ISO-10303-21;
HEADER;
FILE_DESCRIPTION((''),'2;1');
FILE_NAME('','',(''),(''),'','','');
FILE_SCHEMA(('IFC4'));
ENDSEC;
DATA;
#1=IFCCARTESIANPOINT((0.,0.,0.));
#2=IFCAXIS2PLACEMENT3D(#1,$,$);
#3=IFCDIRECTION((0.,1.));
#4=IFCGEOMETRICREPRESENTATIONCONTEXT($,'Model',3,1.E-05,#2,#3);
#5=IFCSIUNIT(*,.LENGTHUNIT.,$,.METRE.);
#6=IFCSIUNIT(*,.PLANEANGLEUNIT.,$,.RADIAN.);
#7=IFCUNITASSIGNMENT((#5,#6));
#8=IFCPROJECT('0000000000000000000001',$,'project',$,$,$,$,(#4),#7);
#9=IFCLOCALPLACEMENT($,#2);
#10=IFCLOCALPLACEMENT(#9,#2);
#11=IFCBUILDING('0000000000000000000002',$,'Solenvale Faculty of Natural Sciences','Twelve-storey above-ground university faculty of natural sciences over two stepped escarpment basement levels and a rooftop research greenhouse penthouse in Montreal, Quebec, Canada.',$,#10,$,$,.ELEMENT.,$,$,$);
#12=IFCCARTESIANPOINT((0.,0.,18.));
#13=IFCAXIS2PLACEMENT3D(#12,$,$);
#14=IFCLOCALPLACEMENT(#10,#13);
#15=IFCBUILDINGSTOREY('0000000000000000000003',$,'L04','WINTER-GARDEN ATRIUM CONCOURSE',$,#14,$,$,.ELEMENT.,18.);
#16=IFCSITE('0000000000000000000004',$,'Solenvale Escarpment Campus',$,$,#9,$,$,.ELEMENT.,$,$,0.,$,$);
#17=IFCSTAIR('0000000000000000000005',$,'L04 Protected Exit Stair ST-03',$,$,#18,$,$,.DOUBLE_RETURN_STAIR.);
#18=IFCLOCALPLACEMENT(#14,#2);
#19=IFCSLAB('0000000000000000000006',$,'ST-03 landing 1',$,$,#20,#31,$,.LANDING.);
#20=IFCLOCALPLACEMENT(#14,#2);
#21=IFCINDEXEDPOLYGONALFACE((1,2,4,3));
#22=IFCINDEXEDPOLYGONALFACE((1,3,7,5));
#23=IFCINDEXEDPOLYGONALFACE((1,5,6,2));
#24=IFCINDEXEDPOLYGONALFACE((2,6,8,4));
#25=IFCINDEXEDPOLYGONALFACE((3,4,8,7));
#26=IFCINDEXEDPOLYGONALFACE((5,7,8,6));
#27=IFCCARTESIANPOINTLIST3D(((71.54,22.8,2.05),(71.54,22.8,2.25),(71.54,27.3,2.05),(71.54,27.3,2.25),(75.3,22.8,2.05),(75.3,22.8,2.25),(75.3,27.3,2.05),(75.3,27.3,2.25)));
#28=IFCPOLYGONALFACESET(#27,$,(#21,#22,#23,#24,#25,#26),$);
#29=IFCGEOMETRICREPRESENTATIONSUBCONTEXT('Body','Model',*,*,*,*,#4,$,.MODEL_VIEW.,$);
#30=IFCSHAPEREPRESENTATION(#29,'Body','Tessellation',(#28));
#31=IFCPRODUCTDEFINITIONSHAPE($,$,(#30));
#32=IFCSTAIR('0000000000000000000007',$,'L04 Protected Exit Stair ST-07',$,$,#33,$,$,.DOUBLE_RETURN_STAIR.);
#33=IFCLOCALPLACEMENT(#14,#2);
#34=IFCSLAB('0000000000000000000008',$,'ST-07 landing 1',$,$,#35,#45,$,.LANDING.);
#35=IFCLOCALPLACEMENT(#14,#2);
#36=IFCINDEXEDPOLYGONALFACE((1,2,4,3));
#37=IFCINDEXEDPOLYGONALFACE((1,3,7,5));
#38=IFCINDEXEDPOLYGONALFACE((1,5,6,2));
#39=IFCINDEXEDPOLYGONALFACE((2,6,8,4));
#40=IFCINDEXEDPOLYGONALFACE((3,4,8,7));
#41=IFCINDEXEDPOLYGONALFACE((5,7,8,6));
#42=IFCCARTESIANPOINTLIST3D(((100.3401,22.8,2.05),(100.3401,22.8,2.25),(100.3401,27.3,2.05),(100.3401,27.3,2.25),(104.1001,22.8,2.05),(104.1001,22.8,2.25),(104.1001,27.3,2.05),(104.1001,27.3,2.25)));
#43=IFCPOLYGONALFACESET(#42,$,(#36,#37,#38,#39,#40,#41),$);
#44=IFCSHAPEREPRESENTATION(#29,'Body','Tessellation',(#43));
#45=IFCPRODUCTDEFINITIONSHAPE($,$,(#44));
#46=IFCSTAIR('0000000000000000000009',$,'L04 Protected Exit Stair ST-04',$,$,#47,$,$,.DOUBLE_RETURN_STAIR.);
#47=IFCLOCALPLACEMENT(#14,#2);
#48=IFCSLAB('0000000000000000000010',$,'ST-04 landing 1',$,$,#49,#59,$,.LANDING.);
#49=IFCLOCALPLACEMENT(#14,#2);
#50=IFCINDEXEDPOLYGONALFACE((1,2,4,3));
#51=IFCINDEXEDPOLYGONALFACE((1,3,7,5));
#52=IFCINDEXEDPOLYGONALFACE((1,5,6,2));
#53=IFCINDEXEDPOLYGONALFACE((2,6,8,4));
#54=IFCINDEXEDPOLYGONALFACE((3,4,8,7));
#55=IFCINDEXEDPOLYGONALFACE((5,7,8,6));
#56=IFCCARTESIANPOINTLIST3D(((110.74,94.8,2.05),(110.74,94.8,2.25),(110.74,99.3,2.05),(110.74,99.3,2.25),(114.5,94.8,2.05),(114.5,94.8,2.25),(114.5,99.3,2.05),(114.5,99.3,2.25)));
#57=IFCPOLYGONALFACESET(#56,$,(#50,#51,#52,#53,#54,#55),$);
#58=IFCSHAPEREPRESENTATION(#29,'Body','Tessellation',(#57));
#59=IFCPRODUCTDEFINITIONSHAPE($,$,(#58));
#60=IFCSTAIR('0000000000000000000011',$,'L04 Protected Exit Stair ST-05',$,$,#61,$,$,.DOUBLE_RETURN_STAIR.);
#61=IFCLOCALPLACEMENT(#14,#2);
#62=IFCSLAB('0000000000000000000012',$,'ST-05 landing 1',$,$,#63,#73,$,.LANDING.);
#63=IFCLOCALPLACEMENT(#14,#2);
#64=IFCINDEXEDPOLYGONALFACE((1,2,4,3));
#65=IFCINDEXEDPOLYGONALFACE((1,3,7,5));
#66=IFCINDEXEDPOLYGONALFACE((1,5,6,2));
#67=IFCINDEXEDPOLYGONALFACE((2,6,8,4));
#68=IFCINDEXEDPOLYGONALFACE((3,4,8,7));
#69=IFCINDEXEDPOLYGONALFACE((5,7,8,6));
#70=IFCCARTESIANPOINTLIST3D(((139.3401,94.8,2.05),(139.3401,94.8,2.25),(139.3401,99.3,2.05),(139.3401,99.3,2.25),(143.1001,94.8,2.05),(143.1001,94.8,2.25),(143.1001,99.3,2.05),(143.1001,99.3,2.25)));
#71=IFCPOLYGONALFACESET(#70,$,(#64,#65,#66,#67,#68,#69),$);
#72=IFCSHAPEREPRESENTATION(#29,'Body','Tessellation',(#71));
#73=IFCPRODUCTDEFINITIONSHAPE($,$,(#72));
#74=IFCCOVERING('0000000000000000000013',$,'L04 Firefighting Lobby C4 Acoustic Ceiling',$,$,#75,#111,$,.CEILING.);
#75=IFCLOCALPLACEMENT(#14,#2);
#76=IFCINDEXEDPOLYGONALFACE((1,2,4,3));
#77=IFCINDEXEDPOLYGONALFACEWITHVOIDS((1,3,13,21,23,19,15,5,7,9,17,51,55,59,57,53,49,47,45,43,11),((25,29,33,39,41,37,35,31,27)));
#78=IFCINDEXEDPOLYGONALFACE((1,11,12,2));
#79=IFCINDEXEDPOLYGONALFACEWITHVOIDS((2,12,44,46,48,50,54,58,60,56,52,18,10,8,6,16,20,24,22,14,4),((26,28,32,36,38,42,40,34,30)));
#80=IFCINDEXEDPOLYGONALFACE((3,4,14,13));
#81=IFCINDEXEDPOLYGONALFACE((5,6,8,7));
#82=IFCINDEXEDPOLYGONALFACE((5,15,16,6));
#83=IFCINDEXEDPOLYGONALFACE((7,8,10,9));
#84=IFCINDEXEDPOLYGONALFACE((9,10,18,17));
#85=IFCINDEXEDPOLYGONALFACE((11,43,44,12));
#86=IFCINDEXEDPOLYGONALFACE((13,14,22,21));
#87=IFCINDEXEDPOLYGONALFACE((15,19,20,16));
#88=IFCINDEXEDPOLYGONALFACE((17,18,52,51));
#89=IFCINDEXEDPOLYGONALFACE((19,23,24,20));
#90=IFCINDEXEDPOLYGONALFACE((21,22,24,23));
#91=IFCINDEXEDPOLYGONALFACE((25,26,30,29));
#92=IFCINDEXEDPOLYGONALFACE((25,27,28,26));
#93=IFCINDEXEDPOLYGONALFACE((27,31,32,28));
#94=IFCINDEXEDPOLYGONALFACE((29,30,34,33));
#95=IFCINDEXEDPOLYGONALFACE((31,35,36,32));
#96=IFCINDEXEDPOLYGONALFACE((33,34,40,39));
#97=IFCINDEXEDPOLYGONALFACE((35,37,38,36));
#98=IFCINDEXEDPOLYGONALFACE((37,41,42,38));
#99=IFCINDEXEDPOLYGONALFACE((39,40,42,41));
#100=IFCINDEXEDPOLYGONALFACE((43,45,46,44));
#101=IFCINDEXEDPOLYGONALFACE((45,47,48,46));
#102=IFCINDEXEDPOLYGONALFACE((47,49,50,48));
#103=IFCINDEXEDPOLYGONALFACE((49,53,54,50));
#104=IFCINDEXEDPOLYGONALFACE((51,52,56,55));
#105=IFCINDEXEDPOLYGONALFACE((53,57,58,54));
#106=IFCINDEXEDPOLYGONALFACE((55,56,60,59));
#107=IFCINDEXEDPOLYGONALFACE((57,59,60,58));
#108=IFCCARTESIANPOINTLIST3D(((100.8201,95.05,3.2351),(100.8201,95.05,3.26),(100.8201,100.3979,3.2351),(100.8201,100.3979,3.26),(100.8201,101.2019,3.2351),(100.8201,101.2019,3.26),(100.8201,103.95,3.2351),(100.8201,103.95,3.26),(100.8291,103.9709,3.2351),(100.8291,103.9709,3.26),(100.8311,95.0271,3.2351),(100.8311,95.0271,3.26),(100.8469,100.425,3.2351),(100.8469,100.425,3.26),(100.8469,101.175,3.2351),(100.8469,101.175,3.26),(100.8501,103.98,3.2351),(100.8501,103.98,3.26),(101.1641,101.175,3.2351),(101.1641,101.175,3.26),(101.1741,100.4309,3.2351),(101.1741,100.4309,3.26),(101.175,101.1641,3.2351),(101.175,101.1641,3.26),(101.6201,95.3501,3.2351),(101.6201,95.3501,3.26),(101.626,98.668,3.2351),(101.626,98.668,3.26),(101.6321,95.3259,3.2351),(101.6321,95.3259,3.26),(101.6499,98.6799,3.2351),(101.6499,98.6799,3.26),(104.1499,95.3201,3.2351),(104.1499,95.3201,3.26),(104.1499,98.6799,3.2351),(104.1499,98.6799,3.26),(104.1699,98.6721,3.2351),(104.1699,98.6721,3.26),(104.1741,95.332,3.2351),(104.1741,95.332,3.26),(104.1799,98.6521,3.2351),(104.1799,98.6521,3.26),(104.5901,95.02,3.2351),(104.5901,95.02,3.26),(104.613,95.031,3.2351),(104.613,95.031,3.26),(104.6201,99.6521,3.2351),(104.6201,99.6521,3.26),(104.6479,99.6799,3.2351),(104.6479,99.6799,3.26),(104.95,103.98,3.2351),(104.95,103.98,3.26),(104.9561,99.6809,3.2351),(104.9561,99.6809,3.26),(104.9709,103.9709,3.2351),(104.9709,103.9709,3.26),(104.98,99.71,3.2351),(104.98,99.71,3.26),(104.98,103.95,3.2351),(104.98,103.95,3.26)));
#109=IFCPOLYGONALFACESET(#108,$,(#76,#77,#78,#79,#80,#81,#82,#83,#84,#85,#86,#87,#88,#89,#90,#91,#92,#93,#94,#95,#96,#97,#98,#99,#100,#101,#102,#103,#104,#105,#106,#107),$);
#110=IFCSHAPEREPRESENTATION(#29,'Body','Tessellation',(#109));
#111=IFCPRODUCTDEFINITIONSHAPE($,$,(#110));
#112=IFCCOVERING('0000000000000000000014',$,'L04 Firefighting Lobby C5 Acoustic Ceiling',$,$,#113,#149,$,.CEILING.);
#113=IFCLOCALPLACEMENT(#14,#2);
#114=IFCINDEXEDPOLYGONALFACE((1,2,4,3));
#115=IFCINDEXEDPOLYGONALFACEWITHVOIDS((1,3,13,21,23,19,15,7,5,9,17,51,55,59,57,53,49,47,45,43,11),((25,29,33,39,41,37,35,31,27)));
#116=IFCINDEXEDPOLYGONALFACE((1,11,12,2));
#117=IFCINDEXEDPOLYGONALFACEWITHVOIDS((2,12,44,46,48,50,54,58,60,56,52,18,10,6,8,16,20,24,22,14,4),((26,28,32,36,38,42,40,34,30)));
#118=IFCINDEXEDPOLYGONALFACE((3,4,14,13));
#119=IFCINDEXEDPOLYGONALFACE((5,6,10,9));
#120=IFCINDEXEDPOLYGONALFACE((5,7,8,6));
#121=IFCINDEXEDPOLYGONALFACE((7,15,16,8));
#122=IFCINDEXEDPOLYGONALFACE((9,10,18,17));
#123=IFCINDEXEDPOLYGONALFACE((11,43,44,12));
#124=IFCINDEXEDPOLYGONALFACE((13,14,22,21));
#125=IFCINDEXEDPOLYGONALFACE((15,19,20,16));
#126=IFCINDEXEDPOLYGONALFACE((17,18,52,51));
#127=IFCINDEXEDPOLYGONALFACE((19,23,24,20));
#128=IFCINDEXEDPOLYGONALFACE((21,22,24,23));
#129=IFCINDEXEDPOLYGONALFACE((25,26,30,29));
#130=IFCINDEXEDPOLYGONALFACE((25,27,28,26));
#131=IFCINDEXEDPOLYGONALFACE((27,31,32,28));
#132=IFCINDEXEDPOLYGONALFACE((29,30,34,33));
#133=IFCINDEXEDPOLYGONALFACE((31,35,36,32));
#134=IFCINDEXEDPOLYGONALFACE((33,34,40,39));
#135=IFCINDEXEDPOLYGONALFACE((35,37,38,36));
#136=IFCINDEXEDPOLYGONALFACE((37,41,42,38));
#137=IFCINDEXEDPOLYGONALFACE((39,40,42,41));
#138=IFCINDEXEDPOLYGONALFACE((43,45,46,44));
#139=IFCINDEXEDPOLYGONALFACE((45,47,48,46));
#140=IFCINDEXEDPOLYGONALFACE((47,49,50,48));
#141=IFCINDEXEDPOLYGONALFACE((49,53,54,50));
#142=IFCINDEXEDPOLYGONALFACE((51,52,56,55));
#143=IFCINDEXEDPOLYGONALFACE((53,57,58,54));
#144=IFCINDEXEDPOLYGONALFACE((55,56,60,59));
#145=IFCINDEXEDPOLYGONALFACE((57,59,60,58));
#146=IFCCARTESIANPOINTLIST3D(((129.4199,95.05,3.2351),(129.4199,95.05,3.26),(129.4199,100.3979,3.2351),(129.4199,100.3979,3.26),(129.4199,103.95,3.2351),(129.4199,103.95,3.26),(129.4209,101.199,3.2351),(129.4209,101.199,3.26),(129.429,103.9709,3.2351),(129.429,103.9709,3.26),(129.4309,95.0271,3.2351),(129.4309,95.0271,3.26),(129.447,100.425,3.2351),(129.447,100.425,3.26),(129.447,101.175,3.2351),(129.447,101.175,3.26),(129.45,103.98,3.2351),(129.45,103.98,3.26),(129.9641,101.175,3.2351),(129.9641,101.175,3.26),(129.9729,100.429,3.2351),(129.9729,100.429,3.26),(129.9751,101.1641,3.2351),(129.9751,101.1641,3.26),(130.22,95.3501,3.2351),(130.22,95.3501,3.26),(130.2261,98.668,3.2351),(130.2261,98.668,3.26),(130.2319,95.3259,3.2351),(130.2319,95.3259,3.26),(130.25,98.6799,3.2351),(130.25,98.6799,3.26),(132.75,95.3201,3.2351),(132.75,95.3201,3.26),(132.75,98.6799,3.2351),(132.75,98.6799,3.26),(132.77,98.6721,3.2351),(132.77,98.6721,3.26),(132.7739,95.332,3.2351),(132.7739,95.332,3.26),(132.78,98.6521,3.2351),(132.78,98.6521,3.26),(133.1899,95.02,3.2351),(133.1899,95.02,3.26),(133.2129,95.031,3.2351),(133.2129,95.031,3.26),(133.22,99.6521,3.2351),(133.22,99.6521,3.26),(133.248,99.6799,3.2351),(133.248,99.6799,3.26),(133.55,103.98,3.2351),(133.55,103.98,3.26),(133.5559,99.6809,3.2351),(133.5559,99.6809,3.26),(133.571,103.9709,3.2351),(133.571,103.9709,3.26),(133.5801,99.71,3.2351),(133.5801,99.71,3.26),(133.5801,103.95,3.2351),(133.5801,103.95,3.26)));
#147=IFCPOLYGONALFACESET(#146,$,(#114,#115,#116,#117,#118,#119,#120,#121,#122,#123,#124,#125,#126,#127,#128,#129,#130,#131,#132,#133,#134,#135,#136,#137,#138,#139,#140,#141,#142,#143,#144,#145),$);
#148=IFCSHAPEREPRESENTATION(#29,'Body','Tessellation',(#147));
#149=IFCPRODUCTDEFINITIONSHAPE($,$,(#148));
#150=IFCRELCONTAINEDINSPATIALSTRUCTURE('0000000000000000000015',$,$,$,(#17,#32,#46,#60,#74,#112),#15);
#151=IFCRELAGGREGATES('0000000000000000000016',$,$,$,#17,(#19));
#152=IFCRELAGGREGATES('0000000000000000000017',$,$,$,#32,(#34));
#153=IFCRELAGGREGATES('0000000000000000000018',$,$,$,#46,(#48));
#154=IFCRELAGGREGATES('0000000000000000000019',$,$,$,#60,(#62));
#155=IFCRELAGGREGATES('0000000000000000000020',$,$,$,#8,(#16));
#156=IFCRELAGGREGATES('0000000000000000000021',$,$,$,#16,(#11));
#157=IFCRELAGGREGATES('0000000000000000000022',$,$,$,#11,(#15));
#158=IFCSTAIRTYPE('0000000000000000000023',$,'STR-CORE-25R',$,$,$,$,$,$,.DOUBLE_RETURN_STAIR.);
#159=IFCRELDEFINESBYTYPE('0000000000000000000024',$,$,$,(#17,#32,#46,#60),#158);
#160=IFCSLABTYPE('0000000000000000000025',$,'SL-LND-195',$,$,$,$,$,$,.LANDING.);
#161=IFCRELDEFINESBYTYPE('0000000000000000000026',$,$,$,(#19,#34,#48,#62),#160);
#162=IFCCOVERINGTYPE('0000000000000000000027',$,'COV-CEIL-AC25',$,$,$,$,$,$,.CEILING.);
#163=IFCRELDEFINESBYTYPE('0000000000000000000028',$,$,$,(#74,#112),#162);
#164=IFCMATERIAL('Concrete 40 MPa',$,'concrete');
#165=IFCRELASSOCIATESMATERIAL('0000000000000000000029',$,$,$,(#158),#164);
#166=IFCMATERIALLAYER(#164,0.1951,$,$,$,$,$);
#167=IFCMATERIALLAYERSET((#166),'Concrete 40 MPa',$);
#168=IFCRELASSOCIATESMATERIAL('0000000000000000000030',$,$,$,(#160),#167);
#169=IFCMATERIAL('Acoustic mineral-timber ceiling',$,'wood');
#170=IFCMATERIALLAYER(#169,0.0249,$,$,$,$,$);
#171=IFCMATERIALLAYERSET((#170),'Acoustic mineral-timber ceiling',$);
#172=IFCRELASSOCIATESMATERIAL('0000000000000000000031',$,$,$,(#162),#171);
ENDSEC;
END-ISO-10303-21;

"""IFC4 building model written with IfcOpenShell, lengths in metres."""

from ifc_helpers import new_model, si_unit, direction, frame, origin, place, context, subcontext, project, spatial, polyline, outline, extrude, material, layer, layer_set, type_object, element, aggregate, save


model = new_model("IFC4")

# Units and contexts
model_context = context("Model", 3, precision=1e-05, world=origin(), true_north=direction((0.0, 1.0)))
body_context = subcontext(model_context, "Body", "Model", "MODEL_VIEW")
ifc_project = project(units=[si_unit("LENGTHUNIT", "METRE"), si_unit("PLANEANGLEUNIT", "RADIAN")], contexts=[model_context])

# Site, building, storey
site_placement = place(None, origin())
site = spatial("IfcSite", under=ifc_project, at=site_placement, Name="Solenvale Escarpment Campus", CompositionType="ELEMENT", RefElevation=0.0)
building_placement = place(site_placement, origin())
building = spatial("IfcBuilding", under=site, at=building_placement, Name="Solenvale Faculty of Natural Sciences", Description="Twelve-storey above-ground university faculty of natural sciences over two stepped escarpment basement levels and a rooftop research greenhouse penthouse in Montreal, Quebec, Canada.", CompositionType="ELEMENT")
storey_placement = place(building_placement, frame((0.0, 0.0, 18.0)))
storey = spatial("IfcBuildingStorey", under=building, at=storey_placement, Name="L04", Description="WINTER-GARDEN ATRIUM CONCOURSE", CompositionType="ELEMENT", Elevation=18.0)

# Stairs, slabs
ifc_material_1 = material(Name="Concrete 40 MPa", Category="concrete")
stair_type = type_object("IfcStairType", Name="STR-CORE-25R", PredefinedType="DOUBLE_RETURN_STAIR", material=ifc_material_1)
stair_1_placement = place(storey_placement, origin())
stair_1 = element("IfcStair", 1, at=stair_1_placement, inside=storey, type_object=stair_type, Name="L04 Protected Exit Stair ST-03", PredefinedType="DOUBLE_RETURN_STAIR")
ifc_layer_1 = layer(ifc_material_1, 0.1951)
ifc_layer_set_1 = layer_set([ifc_layer_1], Name="Concrete 40 MPa")
slab_type = type_object("IfcSlabType", Name="SL-LND-195", PredefinedType="LANDING", material=ifc_layer_set_1)
slab_1_placement = place(storey_placement, frame((0.0, 0.0, 2.05)))
slab_1 = element("IfcSlab", 2, at=slab_1_placement, type_object=slab_type, Name="ST-03 landing 1", PredefinedType="LANDING", context=body_context, shape_type="SweptSolid", body=[
    extrude(outline(polyline([(71.54, 22.8), (75.3, 22.8), (75.3, 27.3), (71.54, 27.3), (71.54, 22.8)])), origin(), (0.0, 0.0, 1.0), 0.2),
])
aggregate(stair_1, [slab_1])
stair_2_placement = place(storey_placement, origin())
stair_2 = element("IfcStair", 3, at=stair_2_placement, inside=storey, type_object=stair_type, Name="L04 Protected Exit Stair ST-07", PredefinedType="DOUBLE_RETURN_STAIR")
slab_2_placement = place(storey_placement, frame((0.0, 0.0, 2.05)))
slab_2 = element("IfcSlab", 4, at=slab_2_placement, type_object=slab_type, Name="ST-07 landing 1", PredefinedType="LANDING", context=body_context, shape_type="SweptSolid", body=[
    extrude(outline(polyline([(100.3401, 22.8), (104.1001, 22.8), (104.1001, 27.3), (100.3401, 27.3), (100.3401, 22.8)])), origin(), (0.0, 0.0, 1.0), 0.2),
])
aggregate(stair_2, [slab_2])
stair_3_placement = place(storey_placement, origin())
stair_3 = element("IfcStair", 5, at=stair_3_placement, inside=storey, type_object=stair_type, Name="L04 Protected Exit Stair ST-04", PredefinedType="DOUBLE_RETURN_STAIR")
slab_3_placement = place(storey_placement, frame((0.0, 0.0, 2.05)))
slab_3 = element("IfcSlab", 6, at=slab_3_placement, type_object=slab_type, Name="ST-04 landing 1", PredefinedType="LANDING", context=body_context, shape_type="SweptSolid", body=[
    extrude(outline(polyline([(110.74, 94.8), (114.5, 94.8), (114.5, 99.3), (110.74, 99.3), (110.74, 94.8)])), origin(), (0.0, 0.0, 1.0), 0.2),
])
aggregate(stair_3, [slab_3])
stair_4_placement = place(storey_placement, origin())
stair_4 = element("IfcStair", 7, at=stair_4_placement, inside=storey, type_object=stair_type, Name="L04 Protected Exit Stair ST-05", PredefinedType="DOUBLE_RETURN_STAIR")
slab_4_placement = place(storey_placement, frame((0.0, 0.0, 2.05)))
slab_4 = element("IfcSlab", 8, at=slab_4_placement, type_object=slab_type, Name="ST-05 landing 1", PredefinedType="LANDING", context=body_context, shape_type="SweptSolid", body=[
    extrude(outline(polyline([(139.3401, 94.8), (143.1001, 94.8), (143.1001, 99.3), (139.3401, 99.3), (139.3401, 94.8)])), origin(), (0.0, 0.0, 1.0), 0.2),
])
aggregate(stair_4, [slab_4])

# Coverings
ifc_material_2 = material(Name="Acoustic mineral-timber ceiling", Category="wood")
ifc_layer_2 = layer(ifc_material_2, 0.0249)
ifc_layer_set_2 = layer_set([ifc_layer_2], Name="Acoustic mineral-timber ceiling")
covering_type_1 = type_object("IfcCoveringType", Name="COV-CEIL-AC25", PredefinedType="CEILING", material=ifc_layer_set_2)
covering_1_placement = place(storey_placement, frame((0.0, 0.0, 3.2351)))
element("IfcCovering", 9, at=covering_1_placement, inside=storey, type_object=covering_type_1, Name="L04 Firefighting Lobby C4 Acoustic Ceiling", PredefinedType="CEILING", context=body_context, shape_type="SweptSolid", body=[
    extrude(outline(polyline([(104.98, 99.71), (104.9561, 99.6809), (104.6479, 99.6799), (104.6201, 99.6521), (104.613, 95.031), (104.5901, 95.02), (100.8311, 95.0271), (100.8201, 95.05), (100.8201, 100.3979), (100.8469, 100.425), (101.1741, 100.4309), (101.175, 101.1641), (101.1641, 101.175), (100.8469, 101.175), (100.8201, 101.2019), (100.8201, 103.95), (100.8291, 103.9709), (100.8501, 103.98), (104.95, 103.98), (104.9709, 103.9709), (104.98, 103.95), (104.98, 99.71)]), holes=[polyline([(104.1799, 98.6521), (104.1699, 98.6721), (104.1499, 98.6799), (101.6499, 98.6799), (101.626, 98.668), (101.6201, 95.3501), (101.6321, 95.3259), (104.1499, 95.3201), (104.1741, 95.332), (104.1799, 98.6521)])]), origin(), (0.0, 0.0, 1.0), 0.0249),
])
covering_2_placement = place(storey_placement, frame((0.0, 0.0, 3.2351)))
element("IfcCovering", 10, at=covering_2_placement, inside=storey, type_object=covering_type_1, Name="L04 Firefighting Lobby C5 Acoustic Ceiling", PredefinedType="CEILING", context=body_context, shape_type="SweptSolid", body=[
    extrude(outline(polyline([(133.5801, 99.71), (133.5559, 99.6809), (133.248, 99.6799), (133.22, 99.6521), (133.2129, 95.031), (133.1899, 95.02), (129.4309, 95.0271), (129.4199, 95.05), (129.4199, 100.3979), (129.447, 100.425), (129.9729, 100.429), (129.9751, 101.1641), (129.9641, 101.175), (129.447, 101.175), (129.4209, 101.199), (129.4199, 103.95), (129.429, 103.9709), (129.45, 103.98), (133.55, 103.98), (133.571, 103.9709), (133.5801, 103.95), (133.5801, 99.71)]), holes=[polyline([(132.78, 98.6521), (132.77, 98.6721), (132.75, 98.6799), (130.25, 98.6799), (130.2261, 98.668), (130.22, 95.3501), (130.2319, 95.3259), (132.75, 95.3201), (132.7739, 95.332), (132.78, 98.6521)])]), origin(), (0.0, 0.0, 1.0), 0.0249),
])

save(model, "model.ifc")
